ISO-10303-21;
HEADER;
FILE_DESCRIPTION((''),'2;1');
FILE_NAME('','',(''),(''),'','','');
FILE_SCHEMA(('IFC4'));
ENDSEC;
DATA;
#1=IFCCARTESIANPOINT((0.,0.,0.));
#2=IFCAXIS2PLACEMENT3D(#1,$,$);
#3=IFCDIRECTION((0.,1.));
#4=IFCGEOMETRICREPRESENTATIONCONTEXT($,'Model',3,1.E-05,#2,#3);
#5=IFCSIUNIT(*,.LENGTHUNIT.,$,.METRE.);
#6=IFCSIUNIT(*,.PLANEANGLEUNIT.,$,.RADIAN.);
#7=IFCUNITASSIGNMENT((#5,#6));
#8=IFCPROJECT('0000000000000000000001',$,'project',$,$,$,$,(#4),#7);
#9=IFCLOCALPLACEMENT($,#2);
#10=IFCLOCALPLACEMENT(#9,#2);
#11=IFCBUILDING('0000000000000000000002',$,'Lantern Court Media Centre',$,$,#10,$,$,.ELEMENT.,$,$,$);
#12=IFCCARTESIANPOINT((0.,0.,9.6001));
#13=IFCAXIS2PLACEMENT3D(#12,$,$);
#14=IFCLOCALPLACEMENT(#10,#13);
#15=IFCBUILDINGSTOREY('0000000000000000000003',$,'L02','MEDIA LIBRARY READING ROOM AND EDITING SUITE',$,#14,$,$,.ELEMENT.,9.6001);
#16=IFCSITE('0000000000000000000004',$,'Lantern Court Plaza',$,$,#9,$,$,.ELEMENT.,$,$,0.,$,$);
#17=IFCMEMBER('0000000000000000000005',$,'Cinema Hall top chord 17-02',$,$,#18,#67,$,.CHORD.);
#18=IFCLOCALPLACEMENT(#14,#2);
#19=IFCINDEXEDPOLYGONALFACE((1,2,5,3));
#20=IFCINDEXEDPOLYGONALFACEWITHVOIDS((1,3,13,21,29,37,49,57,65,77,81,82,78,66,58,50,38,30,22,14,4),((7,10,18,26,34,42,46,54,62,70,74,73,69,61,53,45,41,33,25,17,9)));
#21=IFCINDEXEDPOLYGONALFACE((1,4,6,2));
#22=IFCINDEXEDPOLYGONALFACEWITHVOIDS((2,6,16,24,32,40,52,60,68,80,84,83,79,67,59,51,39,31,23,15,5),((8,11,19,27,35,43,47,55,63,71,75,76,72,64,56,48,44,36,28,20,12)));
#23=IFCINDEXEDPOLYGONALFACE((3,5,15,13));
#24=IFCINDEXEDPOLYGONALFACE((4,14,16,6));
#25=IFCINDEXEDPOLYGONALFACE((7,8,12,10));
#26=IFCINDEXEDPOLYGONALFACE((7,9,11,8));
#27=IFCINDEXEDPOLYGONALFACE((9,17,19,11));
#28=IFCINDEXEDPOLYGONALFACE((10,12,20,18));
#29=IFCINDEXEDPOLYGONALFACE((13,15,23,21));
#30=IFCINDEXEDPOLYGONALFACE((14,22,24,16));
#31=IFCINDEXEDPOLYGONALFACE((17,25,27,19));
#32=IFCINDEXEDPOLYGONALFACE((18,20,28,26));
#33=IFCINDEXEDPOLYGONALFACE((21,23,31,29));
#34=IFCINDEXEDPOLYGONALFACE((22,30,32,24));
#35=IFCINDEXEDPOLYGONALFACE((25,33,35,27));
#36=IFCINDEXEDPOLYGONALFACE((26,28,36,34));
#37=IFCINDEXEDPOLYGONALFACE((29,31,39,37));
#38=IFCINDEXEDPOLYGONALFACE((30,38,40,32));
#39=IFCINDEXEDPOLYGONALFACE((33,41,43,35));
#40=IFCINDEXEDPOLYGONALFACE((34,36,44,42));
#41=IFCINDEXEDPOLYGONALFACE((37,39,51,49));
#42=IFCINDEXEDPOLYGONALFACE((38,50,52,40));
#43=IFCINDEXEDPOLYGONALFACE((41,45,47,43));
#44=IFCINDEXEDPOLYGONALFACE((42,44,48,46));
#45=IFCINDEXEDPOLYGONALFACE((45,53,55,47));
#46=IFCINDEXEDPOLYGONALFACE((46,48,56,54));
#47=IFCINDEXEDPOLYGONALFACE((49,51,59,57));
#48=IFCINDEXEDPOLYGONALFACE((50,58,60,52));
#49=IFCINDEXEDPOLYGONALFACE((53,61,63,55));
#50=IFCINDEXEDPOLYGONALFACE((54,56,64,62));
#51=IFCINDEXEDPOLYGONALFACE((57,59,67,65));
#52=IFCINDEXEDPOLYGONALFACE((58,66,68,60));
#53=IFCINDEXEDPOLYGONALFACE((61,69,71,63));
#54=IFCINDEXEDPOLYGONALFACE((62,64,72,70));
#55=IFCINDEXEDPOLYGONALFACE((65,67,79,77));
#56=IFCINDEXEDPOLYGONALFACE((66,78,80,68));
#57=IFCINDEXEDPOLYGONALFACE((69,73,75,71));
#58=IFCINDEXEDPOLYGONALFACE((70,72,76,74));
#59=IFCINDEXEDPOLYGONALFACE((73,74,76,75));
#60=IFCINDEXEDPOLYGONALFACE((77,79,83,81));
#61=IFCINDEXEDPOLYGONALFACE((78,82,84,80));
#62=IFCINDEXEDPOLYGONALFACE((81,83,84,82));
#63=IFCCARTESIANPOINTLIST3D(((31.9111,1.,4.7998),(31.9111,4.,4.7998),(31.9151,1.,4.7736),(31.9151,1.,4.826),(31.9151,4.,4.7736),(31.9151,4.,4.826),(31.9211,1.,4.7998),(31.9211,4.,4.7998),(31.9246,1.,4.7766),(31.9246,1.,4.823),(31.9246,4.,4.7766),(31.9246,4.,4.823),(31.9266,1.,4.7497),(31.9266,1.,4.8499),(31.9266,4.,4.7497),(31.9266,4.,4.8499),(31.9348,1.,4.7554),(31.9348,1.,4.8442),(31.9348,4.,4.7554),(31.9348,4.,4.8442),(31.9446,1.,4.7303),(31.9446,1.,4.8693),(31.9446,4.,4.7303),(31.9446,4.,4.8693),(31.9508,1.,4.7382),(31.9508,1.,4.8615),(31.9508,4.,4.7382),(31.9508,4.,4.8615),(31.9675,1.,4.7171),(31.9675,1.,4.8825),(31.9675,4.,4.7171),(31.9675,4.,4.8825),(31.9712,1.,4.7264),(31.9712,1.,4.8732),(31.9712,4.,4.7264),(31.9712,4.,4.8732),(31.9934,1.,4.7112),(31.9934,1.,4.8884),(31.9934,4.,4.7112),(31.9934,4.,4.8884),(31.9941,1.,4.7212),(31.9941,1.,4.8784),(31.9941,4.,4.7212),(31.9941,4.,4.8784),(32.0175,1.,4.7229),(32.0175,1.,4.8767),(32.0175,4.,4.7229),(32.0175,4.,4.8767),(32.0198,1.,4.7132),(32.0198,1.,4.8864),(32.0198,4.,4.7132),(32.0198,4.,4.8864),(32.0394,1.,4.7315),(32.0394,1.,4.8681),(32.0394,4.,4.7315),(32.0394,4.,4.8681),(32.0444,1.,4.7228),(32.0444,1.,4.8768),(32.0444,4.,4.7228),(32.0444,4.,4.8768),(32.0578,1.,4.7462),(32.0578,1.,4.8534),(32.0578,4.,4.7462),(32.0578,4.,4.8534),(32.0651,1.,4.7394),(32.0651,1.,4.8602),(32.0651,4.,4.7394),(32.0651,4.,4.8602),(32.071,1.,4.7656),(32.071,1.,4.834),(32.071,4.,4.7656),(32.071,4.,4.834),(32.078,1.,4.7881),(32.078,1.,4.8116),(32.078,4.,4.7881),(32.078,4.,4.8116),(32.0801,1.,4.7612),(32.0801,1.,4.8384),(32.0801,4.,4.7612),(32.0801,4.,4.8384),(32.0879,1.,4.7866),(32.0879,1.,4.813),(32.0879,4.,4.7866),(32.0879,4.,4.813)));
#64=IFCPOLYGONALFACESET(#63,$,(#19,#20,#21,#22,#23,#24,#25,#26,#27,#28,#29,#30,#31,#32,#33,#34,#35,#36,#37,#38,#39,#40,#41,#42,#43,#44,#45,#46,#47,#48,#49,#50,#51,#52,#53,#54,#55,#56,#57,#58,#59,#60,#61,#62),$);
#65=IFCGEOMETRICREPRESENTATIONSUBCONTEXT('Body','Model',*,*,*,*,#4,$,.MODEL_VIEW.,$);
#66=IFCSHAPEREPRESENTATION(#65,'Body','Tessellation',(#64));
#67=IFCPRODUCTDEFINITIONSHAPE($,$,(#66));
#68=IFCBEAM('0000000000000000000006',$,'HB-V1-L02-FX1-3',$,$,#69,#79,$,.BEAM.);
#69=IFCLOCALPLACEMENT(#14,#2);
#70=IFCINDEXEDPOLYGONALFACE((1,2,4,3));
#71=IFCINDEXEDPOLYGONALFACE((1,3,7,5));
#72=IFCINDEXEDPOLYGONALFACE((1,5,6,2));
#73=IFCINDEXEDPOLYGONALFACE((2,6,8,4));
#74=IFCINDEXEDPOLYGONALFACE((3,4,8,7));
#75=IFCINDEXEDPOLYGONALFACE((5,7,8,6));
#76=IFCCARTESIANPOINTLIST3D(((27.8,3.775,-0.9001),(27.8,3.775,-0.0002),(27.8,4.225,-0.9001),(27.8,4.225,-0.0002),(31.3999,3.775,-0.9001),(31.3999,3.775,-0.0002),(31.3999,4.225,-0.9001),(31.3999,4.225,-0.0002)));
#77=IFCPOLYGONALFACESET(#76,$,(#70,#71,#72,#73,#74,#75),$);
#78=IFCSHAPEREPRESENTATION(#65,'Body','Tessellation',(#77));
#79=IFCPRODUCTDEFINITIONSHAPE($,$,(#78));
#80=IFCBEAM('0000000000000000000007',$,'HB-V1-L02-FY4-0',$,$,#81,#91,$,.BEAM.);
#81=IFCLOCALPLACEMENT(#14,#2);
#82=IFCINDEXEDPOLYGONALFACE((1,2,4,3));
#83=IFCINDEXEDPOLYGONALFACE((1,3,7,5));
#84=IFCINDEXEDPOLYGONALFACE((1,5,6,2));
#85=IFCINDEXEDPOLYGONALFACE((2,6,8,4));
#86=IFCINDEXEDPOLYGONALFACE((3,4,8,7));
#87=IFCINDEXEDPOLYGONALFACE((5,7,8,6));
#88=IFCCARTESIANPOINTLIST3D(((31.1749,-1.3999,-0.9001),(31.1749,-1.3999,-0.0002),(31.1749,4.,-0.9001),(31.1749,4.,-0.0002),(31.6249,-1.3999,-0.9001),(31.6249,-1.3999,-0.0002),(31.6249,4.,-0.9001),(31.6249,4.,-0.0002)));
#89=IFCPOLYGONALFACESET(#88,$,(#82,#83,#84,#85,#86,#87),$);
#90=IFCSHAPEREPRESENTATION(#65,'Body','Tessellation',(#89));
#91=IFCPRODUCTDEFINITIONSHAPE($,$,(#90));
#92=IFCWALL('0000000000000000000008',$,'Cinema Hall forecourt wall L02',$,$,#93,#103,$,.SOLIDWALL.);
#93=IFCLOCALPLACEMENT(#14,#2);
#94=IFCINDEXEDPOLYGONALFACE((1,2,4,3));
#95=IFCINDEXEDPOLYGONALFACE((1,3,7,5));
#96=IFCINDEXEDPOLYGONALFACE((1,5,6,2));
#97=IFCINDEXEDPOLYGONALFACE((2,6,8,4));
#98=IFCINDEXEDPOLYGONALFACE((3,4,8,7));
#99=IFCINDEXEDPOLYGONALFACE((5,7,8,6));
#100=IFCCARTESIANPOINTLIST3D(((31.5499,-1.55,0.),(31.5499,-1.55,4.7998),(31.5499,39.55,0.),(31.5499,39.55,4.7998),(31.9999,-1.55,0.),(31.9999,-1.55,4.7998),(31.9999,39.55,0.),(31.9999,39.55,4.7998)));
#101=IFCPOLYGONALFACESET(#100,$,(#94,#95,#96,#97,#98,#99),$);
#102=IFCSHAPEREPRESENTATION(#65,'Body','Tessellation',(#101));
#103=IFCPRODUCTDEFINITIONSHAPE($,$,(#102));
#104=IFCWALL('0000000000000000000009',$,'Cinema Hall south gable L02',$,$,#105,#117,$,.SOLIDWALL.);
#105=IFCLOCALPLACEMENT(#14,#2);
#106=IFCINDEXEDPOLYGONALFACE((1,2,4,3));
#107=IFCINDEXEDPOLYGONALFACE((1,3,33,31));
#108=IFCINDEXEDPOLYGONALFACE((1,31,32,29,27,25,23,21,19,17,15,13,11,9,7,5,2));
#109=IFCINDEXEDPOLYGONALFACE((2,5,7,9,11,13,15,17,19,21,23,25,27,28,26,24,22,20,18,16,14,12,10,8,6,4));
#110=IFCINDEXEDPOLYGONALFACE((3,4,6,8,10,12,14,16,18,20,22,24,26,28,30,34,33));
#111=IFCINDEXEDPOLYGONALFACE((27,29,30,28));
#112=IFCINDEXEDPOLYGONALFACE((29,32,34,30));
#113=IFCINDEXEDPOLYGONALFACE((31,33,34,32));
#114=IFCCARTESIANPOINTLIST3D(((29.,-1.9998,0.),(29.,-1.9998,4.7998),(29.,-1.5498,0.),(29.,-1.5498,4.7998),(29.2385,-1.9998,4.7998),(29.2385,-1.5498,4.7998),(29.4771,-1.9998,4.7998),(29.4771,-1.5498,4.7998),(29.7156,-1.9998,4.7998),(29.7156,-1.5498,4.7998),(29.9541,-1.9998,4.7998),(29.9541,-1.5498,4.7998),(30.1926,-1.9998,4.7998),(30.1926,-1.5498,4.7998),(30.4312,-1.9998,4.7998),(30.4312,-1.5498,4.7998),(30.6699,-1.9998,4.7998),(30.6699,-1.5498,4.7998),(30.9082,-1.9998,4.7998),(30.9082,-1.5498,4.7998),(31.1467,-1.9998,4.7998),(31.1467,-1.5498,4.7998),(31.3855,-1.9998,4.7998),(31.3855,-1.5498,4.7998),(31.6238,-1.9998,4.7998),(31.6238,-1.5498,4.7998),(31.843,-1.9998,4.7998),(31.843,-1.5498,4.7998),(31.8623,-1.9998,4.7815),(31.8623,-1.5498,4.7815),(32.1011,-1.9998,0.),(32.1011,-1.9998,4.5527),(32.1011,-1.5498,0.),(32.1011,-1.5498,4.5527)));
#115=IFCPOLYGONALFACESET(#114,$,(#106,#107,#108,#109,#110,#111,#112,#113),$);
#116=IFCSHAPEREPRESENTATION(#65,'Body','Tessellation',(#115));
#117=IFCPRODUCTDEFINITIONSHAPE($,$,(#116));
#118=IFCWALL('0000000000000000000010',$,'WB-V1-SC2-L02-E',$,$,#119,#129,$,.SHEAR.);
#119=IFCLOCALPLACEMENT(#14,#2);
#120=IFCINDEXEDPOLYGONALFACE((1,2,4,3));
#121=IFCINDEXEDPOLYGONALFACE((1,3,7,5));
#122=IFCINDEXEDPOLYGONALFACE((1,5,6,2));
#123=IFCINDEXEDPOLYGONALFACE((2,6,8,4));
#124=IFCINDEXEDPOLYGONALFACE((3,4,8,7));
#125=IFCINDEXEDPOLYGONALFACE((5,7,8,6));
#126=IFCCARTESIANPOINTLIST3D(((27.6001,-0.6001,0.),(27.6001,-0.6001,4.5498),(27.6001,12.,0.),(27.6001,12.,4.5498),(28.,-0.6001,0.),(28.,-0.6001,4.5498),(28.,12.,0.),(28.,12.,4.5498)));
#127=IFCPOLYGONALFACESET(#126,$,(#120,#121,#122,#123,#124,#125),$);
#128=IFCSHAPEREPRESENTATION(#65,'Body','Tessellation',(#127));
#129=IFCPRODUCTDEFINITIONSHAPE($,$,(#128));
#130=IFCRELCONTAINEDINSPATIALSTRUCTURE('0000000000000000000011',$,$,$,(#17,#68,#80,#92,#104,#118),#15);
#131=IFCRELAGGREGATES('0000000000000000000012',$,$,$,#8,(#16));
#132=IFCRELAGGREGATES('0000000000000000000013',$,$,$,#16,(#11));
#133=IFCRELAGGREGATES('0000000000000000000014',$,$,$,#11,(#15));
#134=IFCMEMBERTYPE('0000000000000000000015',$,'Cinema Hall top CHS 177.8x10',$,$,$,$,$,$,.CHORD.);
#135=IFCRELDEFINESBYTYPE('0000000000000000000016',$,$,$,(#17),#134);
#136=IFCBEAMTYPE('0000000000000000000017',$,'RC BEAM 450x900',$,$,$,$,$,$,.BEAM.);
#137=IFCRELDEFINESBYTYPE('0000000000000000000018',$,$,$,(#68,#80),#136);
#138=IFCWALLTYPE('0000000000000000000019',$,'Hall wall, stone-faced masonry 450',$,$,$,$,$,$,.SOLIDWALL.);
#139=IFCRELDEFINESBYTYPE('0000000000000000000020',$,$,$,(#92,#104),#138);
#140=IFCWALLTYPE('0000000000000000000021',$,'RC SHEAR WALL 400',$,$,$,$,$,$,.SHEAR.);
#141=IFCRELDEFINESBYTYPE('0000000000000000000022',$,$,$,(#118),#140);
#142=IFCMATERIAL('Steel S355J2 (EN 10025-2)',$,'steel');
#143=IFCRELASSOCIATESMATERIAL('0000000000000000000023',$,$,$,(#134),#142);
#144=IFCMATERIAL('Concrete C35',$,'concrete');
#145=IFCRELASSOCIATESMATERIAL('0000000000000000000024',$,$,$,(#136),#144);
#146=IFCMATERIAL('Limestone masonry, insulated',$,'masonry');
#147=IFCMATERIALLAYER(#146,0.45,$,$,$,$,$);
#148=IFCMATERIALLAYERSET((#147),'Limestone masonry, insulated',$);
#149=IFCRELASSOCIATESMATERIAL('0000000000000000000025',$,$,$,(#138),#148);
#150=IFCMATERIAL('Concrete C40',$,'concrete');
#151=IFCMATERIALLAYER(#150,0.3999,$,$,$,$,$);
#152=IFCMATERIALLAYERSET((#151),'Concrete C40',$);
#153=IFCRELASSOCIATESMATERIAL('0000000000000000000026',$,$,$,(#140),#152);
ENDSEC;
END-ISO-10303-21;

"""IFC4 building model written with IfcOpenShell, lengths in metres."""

from ifc_helpers import new_model, si_unit, direction, frame, frame_2d, origin, origin_2d, place, context, subcontext, project, spatial, polyline, rectangle, hollow_circle, outline, extrude, material, layer, layer_set, material_profile, profile_set, type_object, element, save


model = new_model("IFC4")

# Units and contexts
model_context = context("Model", 3, precision=1e-05, world=origin(), true_north=direction((0.0, 1.0)))
body_context = subcontext(model_context, "Body", "Model", "MODEL_VIEW")
ifc_project = project(units=[si_unit("LENGTHUNIT", "METRE"), si_unit("PLANEANGLEUNIT", "RADIAN")], contexts=[model_context])

# Site, building, storey
site_placement = place(None, origin())
site = spatial("IfcSite", under=ifc_project, at=site_placement, Name="Lantern Court Plaza", CompositionType="ELEMENT", RefElevation=0.0)
building_placement = place(site_placement, origin())
building = spatial("IfcBuilding", under=site, at=building_placement, Name="Lantern Court Media Centre", CompositionType="ELEMENT")
storey_placement = place(building_placement, frame((0.0, 0.0, 9.6001)))
storey = spatial("IfcBuildingStorey", under=building, at=storey_placement, Name="L02", Description="MEDIA LIBRARY READING ROOM AND EDITING SUITE", CompositionType="ELEMENT", Elevation=9.6001)

# Shared definitions
ifc_material_1 = material(Name="Concrete C35", Category="concrete")

# Member
ifc_material_2 = material(Name="Steel S355J2 (EN 10025-2)", Category="steel")
ifc_material_profile_1 = material_profile(ifc_material_2, hollow_circle(Radius=0.0889, WallThickness=0.01, at=origin_2d()), Name="Cinema Hall top CHS 177.8x10")
ifc_profile_set_1 = profile_set([ifc_material_profile_1], Name="Steel S355J2 (EN 10025-2)")
member_type_1 = type_object("IfcMemberType", Name="Cinema Hall top CHS 177.8x10", PredefinedType="CHORD", material=ifc_profile_set_1)
for number, where, z_axis, x_axis, name in (
    (1, (32.0, 1.0, 4.7998), (0.0, 1.0, 0.0), (-1.0, 0.0, 0.0), "Cinema Hall top chord 17-02"),
):
    element("IfcMember", number, at=place(storey_placement, frame(where, z_axis=z_axis, x_axis=x_axis)), inside=storey, type_object=member_type_1, Name=name, PredefinedType="CHORD", context=body_context, shape_type="SweptSolid", body=[
        extrude(hollow_circle(Radius=0.0889, WallThickness=0.01, at=origin_2d()), origin(), (0.0, 0.0, 1.0), 3.0),
    ])

# Beams
ifc_material_profile_2 = material_profile(ifc_material_1, rectangle(XDim=0.45, YDim=0.8999, at=origin_2d()), Name="RC 450x900")
ifc_profile_set_2 = profile_set([ifc_material_profile_2], Name="Concrete C35")
beam_type = type_object("IfcBeamType", Name="RC BEAM 450x900", PredefinedType="BEAM", material=ifc_profile_set_2)
beam_1_placement = place(storey_placement, frame((27.8, 4.0, -0.4502), z_axis=(1.0, 0.0, 0.0), x_axis=(0.0, 1.0, 0.0)))
element("IfcBeam", 2, at=beam_1_placement, inside=storey, type_object=beam_type, Name="HB-V1-L02-FX1-3", PredefinedType="BEAM", context=body_context, shape_type="SweptSolid", body=[
    extrude(rectangle(XDim=0.45, YDim=0.8999, at=origin_2d()), origin(), (0.0, 0.0, 1.0), 3.5999),
])
beam_2_placement = place(storey_placement, frame((31.3999, -1.3999, -0.4502), z_axis=(0.0, 1.0, 0.0), x_axis=(-1.0, 0.0, 0.0)))
element("IfcBeam", 3, at=beam_2_placement, inside=storey, type_object=beam_type, Name="HB-V1-L02-FY4-0", PredefinedType="BEAM", context=body_context, shape_type="SweptSolid", body=[
    extrude(rectangle(XDim=0.45, YDim=0.8999, at=origin_2d()), origin(), (0.0, 0.0, 1.0), 5.3999),
])

# Walls
ifc_material_3 = material(Name="Limestone masonry, insulated", Category="masonry")
ifc_layer_1 = layer(ifc_material_3, 0.45)
ifc_layer_set_1 = layer_set([ifc_layer_1], Name="Limestone masonry, insulated")
wall_type_1 = type_object("IfcWallType", Name="Hall wall, stone-faced masonry 450", PredefinedType="SOLIDWALL", material=ifc_layer_set_1)
wall_1_placement = place(storey_placement, frame((31.7749, -1.55, 0.0), z_axis=(0.0, 0.0, 1.0), x_axis=(0.0, 1.0, 0.0)))
element("IfcWall", 4, at=wall_1_placement, inside=storey, type_object=wall_type_1, Name="Cinema Hall forecourt wall L02", PredefinedType="SOLIDWALL", context=body_context, shape_type="SweptSolid", body=[
    extrude(rectangle(XDim=41.1001, YDim=0.45, at=frame_2d((20.55, 0.0))), origin(), (0.0, 0.0, 1.0), 4.7998),
])
wall_2_placement = place(storey_placement, frame((29.0, -1.7749, 0.0), z_axis=(0.0, 0.0, 1.0), x_axis=(1.0, 0.0, 0.0)))
element("IfcWall", 5, at=wall_2_placement, inside=storey, type_object=wall_type_1, Name="Cinema Hall south gable L02", PredefinedType="SOLIDWALL", context=body_context, shape_type="SweptSolid", body=[
    extrude(outline(polyline([(0.0, 0.0), (3.1011, 0.0), (3.1011, 4.5527), (2.8623, 4.7815), (2.843, 4.7998), (2.6238, 4.7998), (2.3855, 4.7998), (2.1467, 4.7998), (1.9082, 4.7998), (1.6699, 4.7998), (1.4312, 4.7998), (1.1926, 4.7998), (0.9541, 4.7998), (0.7156, 4.7998), (0.4771, 4.7998), (0.2385, 4.7998), (0.0, 4.7998), (0.0, 0.0)])), frame((0.0, 0.2251, 0.0), z_axis=(0.0, -1.0, 0.0), x_axis=(1.0, 0.0, 0.0)), (0.0, 0.0, 1.0), 0.45),
])
ifc_material_4 = material(Name="Concrete C40", Category="concrete")
ifc_layer_2 = layer(ifc_material_4, 0.3999)
ifc_layer_set_2 = layer_set([ifc_layer_2], Name="Concrete C40")
wall_type_2 = type_object("IfcWallType", Name="RC SHEAR WALL 400", PredefinedType="SHEAR", material=ifc_layer_set_2)
wall_3_placement = place(storey_placement, frame((27.8, -0.6001, 0.0), z_axis=(0.0, 0.0, 1.0), x_axis=(0.0, 1.0, 0.0)))
element("IfcWall", 6, at=wall_3_placement, inside=storey, type_object=wall_type_2, Name="WB-V1-SC2-L02-E", PredefinedType="SHEAR", context=body_context, shape_type="SweptSolid", body=[
    extrude(rectangle(XDim=12.6001, YDim=0.3999, at=frame_2d((6.3, 0.0))), origin(), (0.0, 0.0, 1.0), 4.5498),
])

save(model, "model.ifc")
